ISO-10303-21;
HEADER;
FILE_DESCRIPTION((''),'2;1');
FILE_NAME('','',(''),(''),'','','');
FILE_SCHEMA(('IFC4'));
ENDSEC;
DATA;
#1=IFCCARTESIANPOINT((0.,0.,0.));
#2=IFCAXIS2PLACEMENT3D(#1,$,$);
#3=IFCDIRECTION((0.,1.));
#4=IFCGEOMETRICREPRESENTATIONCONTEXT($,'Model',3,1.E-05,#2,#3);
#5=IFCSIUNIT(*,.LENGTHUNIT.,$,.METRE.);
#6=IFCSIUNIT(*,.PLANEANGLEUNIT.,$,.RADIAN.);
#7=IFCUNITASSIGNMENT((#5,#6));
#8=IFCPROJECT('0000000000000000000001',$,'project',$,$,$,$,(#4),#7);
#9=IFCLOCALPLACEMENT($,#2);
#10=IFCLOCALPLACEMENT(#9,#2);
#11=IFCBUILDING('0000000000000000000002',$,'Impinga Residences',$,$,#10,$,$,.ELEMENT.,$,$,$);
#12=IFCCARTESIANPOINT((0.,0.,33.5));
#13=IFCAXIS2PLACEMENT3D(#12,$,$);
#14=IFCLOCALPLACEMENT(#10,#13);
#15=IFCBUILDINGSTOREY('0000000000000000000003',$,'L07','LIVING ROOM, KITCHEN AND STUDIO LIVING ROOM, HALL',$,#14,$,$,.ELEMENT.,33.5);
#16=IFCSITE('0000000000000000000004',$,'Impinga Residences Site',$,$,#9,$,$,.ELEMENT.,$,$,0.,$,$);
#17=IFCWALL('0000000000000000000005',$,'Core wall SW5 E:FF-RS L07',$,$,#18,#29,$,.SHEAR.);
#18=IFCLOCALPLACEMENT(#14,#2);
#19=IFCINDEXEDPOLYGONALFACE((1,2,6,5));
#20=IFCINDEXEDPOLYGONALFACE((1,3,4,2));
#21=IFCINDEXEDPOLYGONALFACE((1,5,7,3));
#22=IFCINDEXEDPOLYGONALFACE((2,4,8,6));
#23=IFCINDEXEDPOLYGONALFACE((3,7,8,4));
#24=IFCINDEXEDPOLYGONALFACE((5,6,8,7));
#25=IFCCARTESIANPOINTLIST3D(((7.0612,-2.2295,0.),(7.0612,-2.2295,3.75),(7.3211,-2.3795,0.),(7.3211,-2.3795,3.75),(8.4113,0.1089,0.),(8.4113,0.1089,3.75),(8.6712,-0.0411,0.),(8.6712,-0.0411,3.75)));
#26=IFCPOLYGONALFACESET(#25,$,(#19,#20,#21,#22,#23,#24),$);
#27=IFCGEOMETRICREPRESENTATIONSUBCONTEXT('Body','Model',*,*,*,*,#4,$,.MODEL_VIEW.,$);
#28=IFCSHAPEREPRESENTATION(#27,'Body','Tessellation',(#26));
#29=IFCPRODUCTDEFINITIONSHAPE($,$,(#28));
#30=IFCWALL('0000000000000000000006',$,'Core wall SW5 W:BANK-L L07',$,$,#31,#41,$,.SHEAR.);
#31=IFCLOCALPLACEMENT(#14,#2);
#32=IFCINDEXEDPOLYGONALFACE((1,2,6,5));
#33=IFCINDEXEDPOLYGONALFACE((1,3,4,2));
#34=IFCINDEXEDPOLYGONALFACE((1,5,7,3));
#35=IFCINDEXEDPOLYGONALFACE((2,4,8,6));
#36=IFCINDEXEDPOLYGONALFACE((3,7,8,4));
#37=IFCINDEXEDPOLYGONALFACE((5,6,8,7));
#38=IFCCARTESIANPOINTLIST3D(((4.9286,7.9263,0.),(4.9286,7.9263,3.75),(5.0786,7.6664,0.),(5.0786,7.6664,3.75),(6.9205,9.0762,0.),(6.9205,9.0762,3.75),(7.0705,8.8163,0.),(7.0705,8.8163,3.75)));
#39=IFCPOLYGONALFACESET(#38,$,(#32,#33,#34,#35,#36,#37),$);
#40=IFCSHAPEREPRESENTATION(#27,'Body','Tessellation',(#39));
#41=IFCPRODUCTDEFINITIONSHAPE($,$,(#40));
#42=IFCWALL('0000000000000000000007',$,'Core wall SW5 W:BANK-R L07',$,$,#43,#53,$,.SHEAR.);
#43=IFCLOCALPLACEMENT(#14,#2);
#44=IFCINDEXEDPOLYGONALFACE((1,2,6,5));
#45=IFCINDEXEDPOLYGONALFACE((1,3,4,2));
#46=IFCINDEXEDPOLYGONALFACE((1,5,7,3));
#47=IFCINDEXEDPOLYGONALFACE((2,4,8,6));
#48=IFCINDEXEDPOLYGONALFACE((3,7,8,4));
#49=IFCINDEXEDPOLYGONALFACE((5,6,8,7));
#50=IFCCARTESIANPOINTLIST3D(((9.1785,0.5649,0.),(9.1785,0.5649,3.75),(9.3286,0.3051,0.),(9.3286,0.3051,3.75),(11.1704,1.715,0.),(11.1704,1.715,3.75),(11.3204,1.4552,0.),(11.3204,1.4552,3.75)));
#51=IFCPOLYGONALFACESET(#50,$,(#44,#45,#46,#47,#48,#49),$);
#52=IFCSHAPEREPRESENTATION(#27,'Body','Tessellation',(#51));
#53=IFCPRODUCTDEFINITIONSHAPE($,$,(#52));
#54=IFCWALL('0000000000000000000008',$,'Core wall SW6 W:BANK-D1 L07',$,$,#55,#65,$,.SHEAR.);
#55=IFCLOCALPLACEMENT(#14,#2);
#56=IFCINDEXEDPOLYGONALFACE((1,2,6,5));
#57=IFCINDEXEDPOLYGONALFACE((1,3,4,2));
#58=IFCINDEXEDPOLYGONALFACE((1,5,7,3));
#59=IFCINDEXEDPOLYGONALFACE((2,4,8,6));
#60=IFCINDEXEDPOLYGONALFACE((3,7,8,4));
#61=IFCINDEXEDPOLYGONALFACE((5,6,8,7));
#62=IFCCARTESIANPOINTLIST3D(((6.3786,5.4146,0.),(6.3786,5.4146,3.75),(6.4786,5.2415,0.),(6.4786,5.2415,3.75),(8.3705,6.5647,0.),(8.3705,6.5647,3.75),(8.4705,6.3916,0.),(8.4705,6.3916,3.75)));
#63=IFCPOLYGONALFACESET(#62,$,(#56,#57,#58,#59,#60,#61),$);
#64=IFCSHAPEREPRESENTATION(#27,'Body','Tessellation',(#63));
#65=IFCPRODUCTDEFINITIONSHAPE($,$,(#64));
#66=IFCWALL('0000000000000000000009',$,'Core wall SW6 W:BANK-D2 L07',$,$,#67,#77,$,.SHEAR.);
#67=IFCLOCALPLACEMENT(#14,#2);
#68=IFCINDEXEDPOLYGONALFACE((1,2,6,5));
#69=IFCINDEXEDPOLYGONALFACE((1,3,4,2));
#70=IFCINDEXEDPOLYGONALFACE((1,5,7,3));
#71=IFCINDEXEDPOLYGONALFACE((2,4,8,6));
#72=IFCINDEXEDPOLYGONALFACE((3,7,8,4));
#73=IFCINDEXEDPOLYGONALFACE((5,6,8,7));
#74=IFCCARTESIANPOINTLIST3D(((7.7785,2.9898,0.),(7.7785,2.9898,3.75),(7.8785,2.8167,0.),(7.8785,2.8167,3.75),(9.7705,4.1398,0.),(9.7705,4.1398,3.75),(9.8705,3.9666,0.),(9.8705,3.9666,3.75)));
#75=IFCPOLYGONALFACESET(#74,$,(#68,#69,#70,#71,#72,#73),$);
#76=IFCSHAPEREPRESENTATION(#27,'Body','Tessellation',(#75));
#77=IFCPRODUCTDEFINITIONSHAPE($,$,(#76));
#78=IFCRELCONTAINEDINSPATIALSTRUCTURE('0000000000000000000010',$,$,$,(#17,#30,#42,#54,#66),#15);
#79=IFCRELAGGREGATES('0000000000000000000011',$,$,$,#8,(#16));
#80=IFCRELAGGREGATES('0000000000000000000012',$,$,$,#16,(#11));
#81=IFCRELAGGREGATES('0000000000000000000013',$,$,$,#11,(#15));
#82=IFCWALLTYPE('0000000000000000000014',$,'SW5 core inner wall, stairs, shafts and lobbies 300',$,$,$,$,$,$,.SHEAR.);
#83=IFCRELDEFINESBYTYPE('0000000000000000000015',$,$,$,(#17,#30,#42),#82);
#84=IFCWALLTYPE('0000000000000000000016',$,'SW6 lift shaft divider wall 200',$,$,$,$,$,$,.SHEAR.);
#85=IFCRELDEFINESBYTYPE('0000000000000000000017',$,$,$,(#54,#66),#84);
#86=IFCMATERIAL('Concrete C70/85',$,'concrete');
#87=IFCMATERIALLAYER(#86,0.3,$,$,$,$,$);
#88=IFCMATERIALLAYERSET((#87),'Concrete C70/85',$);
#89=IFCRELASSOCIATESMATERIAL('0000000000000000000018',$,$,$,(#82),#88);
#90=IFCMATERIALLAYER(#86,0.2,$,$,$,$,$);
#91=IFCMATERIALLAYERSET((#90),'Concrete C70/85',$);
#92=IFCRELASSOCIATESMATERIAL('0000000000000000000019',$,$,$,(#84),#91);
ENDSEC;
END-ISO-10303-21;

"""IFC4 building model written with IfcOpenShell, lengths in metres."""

from ifc_helpers import new_model, si_unit, direction, frame, frame_2d, origin, place, context, subcontext, project, spatial, rectangle, extrude, material, layer, layer_set, type_object, element, save


model = new_model("IFC4")

# Units and contexts
model_context = context("Model", 3, precision=1e-05, world=origin(), true_north=direction((0.0, 1.0)))
body_context = subcontext(model_context, "Body", "Model", "MODEL_VIEW")
ifc_project = project(units=[si_unit("LENGTHUNIT", "METRE"), si_unit("PLANEANGLEUNIT", "RADIAN")], contexts=[model_context])

# Site, building, storey
site_placement = place(None, origin())
site = spatial("IfcSite", under=ifc_project, at=site_placement, Name="Impinga Residences Site", CompositionType="ELEMENT", RefElevation=0.0)
building_placement = place(site_placement, origin())
building = spatial("IfcBuilding", under=site, at=building_placement, Name="Impinga Residences", CompositionType="ELEMENT")
storey_placement = place(building_placement, frame((0.0, 0.0, 33.5)))
storey = spatial("IfcBuildingStorey", under=building, at=storey_placement, Name="L07", Description="LIVING ROOM, KITCHEN AND STUDIO LIVING ROOM, HALL", CompositionType="ELEMENT", Elevation=33.5)

# Shared definitions
ifc_material_1 = material(Name="Concrete C70/85", Category="concrete")

# Shared definitions
ifc_layer_1 = layer(ifc_material_1, 0.3)
ifc_layer_set_1 = layer_set([ifc_layer_1], Name="Concrete C70/85")
wall_type_1 = type_object("IfcWallType", Name="SW5 core inner wall, stairs, shafts and lobbies 300", PredefinedType="SHEAR", material=ifc_layer_set_1)

# Walls
wall_1_placement = place(storey_placement, frame((8.5413, 0.0339, 0.0), z_axis=(0.0, 0.0, 1.0), x_axis=(-0.500009, -0.86602, 0.0)))
element("IfcWall", 1, at=wall_1_placement, inside=storey, type_object=wall_type_1, Name="Core wall SW5 E:FF-RS L07", PredefinedType="SHEAR", context=body_context, shape_type="SweptSolid", body=[
    extrude(rectangle(XDim=2.7002, YDim=0.3, at=frame_2d((1.3501, 0.0))), origin(), (0.0, 0.0, 1.0), 3.75),
])
for number, where, z_axis, x_axis, name in (
    (2, (5.0037, 7.7964, 0.0), (0.0, 0.0, 1.0), (0.866053, 0.499952, 0.0), "Core wall SW5 W:BANK-L L07"),
    (3, (9.2537, 0.4351, 0.0), (0.0, 0.0, 1.0), (0.866007, 0.500032, 0.0), "Core wall SW5 W:BANK-R L07"),
):
    element("IfcWall", number, at=place(storey_placement, frame(where, z_axis=z_axis, x_axis=x_axis)), inside=storey, type_object=wall_type_1, Name=name, PredefinedType="SHEAR", context=body_context, shape_type="SweptSolid", body=[
        extrude(rectangle(XDim=2.3, YDim=0.3, at=frame_2d((1.1499, 0.0))), origin(), (0.0, 0.0, 1.0), 3.75),
    ])
ifc_layer_2 = layer(ifc_material_1, 0.2)
ifc_layer_set_2 = layer_set([ifc_layer_2], Name="Concrete C70/85")
wall_type_2 = type_object("IfcWallType", Name="SW6 lift shaft divider wall 200", PredefinedType="SHEAR", material=ifc_layer_set_2)
for number, where, z_axis, x_axis, name in (
    (4, (6.4287, 5.3281, 0.0), (0.0, 0.0, 1.0), (0.866007, 0.500032, 0.0), "Core wall SW6 W:BANK-D1 L07"),
    (5, (7.8286, 2.9033, 0.0), (0.0, 0.0, 1.0), (0.866053, 0.499952, 0.0), "Core wall SW6 W:BANK-D2 L07"),
):
    element("IfcWall", number, at=place(storey_placement, frame(where, z_axis=z_axis, x_axis=x_axis)), inside=storey, type_object=wall_type_2, Name=name, PredefinedType="SHEAR", context=body_context, shape_type="SweptSolid", body=[
        extrude(rectangle(XDim=2.3, YDim=0.2, at=frame_2d((1.1499, 0.0))), origin(), (0.0, 0.0, 1.0), 3.75),
    ])

save(model, "model.ifc")
